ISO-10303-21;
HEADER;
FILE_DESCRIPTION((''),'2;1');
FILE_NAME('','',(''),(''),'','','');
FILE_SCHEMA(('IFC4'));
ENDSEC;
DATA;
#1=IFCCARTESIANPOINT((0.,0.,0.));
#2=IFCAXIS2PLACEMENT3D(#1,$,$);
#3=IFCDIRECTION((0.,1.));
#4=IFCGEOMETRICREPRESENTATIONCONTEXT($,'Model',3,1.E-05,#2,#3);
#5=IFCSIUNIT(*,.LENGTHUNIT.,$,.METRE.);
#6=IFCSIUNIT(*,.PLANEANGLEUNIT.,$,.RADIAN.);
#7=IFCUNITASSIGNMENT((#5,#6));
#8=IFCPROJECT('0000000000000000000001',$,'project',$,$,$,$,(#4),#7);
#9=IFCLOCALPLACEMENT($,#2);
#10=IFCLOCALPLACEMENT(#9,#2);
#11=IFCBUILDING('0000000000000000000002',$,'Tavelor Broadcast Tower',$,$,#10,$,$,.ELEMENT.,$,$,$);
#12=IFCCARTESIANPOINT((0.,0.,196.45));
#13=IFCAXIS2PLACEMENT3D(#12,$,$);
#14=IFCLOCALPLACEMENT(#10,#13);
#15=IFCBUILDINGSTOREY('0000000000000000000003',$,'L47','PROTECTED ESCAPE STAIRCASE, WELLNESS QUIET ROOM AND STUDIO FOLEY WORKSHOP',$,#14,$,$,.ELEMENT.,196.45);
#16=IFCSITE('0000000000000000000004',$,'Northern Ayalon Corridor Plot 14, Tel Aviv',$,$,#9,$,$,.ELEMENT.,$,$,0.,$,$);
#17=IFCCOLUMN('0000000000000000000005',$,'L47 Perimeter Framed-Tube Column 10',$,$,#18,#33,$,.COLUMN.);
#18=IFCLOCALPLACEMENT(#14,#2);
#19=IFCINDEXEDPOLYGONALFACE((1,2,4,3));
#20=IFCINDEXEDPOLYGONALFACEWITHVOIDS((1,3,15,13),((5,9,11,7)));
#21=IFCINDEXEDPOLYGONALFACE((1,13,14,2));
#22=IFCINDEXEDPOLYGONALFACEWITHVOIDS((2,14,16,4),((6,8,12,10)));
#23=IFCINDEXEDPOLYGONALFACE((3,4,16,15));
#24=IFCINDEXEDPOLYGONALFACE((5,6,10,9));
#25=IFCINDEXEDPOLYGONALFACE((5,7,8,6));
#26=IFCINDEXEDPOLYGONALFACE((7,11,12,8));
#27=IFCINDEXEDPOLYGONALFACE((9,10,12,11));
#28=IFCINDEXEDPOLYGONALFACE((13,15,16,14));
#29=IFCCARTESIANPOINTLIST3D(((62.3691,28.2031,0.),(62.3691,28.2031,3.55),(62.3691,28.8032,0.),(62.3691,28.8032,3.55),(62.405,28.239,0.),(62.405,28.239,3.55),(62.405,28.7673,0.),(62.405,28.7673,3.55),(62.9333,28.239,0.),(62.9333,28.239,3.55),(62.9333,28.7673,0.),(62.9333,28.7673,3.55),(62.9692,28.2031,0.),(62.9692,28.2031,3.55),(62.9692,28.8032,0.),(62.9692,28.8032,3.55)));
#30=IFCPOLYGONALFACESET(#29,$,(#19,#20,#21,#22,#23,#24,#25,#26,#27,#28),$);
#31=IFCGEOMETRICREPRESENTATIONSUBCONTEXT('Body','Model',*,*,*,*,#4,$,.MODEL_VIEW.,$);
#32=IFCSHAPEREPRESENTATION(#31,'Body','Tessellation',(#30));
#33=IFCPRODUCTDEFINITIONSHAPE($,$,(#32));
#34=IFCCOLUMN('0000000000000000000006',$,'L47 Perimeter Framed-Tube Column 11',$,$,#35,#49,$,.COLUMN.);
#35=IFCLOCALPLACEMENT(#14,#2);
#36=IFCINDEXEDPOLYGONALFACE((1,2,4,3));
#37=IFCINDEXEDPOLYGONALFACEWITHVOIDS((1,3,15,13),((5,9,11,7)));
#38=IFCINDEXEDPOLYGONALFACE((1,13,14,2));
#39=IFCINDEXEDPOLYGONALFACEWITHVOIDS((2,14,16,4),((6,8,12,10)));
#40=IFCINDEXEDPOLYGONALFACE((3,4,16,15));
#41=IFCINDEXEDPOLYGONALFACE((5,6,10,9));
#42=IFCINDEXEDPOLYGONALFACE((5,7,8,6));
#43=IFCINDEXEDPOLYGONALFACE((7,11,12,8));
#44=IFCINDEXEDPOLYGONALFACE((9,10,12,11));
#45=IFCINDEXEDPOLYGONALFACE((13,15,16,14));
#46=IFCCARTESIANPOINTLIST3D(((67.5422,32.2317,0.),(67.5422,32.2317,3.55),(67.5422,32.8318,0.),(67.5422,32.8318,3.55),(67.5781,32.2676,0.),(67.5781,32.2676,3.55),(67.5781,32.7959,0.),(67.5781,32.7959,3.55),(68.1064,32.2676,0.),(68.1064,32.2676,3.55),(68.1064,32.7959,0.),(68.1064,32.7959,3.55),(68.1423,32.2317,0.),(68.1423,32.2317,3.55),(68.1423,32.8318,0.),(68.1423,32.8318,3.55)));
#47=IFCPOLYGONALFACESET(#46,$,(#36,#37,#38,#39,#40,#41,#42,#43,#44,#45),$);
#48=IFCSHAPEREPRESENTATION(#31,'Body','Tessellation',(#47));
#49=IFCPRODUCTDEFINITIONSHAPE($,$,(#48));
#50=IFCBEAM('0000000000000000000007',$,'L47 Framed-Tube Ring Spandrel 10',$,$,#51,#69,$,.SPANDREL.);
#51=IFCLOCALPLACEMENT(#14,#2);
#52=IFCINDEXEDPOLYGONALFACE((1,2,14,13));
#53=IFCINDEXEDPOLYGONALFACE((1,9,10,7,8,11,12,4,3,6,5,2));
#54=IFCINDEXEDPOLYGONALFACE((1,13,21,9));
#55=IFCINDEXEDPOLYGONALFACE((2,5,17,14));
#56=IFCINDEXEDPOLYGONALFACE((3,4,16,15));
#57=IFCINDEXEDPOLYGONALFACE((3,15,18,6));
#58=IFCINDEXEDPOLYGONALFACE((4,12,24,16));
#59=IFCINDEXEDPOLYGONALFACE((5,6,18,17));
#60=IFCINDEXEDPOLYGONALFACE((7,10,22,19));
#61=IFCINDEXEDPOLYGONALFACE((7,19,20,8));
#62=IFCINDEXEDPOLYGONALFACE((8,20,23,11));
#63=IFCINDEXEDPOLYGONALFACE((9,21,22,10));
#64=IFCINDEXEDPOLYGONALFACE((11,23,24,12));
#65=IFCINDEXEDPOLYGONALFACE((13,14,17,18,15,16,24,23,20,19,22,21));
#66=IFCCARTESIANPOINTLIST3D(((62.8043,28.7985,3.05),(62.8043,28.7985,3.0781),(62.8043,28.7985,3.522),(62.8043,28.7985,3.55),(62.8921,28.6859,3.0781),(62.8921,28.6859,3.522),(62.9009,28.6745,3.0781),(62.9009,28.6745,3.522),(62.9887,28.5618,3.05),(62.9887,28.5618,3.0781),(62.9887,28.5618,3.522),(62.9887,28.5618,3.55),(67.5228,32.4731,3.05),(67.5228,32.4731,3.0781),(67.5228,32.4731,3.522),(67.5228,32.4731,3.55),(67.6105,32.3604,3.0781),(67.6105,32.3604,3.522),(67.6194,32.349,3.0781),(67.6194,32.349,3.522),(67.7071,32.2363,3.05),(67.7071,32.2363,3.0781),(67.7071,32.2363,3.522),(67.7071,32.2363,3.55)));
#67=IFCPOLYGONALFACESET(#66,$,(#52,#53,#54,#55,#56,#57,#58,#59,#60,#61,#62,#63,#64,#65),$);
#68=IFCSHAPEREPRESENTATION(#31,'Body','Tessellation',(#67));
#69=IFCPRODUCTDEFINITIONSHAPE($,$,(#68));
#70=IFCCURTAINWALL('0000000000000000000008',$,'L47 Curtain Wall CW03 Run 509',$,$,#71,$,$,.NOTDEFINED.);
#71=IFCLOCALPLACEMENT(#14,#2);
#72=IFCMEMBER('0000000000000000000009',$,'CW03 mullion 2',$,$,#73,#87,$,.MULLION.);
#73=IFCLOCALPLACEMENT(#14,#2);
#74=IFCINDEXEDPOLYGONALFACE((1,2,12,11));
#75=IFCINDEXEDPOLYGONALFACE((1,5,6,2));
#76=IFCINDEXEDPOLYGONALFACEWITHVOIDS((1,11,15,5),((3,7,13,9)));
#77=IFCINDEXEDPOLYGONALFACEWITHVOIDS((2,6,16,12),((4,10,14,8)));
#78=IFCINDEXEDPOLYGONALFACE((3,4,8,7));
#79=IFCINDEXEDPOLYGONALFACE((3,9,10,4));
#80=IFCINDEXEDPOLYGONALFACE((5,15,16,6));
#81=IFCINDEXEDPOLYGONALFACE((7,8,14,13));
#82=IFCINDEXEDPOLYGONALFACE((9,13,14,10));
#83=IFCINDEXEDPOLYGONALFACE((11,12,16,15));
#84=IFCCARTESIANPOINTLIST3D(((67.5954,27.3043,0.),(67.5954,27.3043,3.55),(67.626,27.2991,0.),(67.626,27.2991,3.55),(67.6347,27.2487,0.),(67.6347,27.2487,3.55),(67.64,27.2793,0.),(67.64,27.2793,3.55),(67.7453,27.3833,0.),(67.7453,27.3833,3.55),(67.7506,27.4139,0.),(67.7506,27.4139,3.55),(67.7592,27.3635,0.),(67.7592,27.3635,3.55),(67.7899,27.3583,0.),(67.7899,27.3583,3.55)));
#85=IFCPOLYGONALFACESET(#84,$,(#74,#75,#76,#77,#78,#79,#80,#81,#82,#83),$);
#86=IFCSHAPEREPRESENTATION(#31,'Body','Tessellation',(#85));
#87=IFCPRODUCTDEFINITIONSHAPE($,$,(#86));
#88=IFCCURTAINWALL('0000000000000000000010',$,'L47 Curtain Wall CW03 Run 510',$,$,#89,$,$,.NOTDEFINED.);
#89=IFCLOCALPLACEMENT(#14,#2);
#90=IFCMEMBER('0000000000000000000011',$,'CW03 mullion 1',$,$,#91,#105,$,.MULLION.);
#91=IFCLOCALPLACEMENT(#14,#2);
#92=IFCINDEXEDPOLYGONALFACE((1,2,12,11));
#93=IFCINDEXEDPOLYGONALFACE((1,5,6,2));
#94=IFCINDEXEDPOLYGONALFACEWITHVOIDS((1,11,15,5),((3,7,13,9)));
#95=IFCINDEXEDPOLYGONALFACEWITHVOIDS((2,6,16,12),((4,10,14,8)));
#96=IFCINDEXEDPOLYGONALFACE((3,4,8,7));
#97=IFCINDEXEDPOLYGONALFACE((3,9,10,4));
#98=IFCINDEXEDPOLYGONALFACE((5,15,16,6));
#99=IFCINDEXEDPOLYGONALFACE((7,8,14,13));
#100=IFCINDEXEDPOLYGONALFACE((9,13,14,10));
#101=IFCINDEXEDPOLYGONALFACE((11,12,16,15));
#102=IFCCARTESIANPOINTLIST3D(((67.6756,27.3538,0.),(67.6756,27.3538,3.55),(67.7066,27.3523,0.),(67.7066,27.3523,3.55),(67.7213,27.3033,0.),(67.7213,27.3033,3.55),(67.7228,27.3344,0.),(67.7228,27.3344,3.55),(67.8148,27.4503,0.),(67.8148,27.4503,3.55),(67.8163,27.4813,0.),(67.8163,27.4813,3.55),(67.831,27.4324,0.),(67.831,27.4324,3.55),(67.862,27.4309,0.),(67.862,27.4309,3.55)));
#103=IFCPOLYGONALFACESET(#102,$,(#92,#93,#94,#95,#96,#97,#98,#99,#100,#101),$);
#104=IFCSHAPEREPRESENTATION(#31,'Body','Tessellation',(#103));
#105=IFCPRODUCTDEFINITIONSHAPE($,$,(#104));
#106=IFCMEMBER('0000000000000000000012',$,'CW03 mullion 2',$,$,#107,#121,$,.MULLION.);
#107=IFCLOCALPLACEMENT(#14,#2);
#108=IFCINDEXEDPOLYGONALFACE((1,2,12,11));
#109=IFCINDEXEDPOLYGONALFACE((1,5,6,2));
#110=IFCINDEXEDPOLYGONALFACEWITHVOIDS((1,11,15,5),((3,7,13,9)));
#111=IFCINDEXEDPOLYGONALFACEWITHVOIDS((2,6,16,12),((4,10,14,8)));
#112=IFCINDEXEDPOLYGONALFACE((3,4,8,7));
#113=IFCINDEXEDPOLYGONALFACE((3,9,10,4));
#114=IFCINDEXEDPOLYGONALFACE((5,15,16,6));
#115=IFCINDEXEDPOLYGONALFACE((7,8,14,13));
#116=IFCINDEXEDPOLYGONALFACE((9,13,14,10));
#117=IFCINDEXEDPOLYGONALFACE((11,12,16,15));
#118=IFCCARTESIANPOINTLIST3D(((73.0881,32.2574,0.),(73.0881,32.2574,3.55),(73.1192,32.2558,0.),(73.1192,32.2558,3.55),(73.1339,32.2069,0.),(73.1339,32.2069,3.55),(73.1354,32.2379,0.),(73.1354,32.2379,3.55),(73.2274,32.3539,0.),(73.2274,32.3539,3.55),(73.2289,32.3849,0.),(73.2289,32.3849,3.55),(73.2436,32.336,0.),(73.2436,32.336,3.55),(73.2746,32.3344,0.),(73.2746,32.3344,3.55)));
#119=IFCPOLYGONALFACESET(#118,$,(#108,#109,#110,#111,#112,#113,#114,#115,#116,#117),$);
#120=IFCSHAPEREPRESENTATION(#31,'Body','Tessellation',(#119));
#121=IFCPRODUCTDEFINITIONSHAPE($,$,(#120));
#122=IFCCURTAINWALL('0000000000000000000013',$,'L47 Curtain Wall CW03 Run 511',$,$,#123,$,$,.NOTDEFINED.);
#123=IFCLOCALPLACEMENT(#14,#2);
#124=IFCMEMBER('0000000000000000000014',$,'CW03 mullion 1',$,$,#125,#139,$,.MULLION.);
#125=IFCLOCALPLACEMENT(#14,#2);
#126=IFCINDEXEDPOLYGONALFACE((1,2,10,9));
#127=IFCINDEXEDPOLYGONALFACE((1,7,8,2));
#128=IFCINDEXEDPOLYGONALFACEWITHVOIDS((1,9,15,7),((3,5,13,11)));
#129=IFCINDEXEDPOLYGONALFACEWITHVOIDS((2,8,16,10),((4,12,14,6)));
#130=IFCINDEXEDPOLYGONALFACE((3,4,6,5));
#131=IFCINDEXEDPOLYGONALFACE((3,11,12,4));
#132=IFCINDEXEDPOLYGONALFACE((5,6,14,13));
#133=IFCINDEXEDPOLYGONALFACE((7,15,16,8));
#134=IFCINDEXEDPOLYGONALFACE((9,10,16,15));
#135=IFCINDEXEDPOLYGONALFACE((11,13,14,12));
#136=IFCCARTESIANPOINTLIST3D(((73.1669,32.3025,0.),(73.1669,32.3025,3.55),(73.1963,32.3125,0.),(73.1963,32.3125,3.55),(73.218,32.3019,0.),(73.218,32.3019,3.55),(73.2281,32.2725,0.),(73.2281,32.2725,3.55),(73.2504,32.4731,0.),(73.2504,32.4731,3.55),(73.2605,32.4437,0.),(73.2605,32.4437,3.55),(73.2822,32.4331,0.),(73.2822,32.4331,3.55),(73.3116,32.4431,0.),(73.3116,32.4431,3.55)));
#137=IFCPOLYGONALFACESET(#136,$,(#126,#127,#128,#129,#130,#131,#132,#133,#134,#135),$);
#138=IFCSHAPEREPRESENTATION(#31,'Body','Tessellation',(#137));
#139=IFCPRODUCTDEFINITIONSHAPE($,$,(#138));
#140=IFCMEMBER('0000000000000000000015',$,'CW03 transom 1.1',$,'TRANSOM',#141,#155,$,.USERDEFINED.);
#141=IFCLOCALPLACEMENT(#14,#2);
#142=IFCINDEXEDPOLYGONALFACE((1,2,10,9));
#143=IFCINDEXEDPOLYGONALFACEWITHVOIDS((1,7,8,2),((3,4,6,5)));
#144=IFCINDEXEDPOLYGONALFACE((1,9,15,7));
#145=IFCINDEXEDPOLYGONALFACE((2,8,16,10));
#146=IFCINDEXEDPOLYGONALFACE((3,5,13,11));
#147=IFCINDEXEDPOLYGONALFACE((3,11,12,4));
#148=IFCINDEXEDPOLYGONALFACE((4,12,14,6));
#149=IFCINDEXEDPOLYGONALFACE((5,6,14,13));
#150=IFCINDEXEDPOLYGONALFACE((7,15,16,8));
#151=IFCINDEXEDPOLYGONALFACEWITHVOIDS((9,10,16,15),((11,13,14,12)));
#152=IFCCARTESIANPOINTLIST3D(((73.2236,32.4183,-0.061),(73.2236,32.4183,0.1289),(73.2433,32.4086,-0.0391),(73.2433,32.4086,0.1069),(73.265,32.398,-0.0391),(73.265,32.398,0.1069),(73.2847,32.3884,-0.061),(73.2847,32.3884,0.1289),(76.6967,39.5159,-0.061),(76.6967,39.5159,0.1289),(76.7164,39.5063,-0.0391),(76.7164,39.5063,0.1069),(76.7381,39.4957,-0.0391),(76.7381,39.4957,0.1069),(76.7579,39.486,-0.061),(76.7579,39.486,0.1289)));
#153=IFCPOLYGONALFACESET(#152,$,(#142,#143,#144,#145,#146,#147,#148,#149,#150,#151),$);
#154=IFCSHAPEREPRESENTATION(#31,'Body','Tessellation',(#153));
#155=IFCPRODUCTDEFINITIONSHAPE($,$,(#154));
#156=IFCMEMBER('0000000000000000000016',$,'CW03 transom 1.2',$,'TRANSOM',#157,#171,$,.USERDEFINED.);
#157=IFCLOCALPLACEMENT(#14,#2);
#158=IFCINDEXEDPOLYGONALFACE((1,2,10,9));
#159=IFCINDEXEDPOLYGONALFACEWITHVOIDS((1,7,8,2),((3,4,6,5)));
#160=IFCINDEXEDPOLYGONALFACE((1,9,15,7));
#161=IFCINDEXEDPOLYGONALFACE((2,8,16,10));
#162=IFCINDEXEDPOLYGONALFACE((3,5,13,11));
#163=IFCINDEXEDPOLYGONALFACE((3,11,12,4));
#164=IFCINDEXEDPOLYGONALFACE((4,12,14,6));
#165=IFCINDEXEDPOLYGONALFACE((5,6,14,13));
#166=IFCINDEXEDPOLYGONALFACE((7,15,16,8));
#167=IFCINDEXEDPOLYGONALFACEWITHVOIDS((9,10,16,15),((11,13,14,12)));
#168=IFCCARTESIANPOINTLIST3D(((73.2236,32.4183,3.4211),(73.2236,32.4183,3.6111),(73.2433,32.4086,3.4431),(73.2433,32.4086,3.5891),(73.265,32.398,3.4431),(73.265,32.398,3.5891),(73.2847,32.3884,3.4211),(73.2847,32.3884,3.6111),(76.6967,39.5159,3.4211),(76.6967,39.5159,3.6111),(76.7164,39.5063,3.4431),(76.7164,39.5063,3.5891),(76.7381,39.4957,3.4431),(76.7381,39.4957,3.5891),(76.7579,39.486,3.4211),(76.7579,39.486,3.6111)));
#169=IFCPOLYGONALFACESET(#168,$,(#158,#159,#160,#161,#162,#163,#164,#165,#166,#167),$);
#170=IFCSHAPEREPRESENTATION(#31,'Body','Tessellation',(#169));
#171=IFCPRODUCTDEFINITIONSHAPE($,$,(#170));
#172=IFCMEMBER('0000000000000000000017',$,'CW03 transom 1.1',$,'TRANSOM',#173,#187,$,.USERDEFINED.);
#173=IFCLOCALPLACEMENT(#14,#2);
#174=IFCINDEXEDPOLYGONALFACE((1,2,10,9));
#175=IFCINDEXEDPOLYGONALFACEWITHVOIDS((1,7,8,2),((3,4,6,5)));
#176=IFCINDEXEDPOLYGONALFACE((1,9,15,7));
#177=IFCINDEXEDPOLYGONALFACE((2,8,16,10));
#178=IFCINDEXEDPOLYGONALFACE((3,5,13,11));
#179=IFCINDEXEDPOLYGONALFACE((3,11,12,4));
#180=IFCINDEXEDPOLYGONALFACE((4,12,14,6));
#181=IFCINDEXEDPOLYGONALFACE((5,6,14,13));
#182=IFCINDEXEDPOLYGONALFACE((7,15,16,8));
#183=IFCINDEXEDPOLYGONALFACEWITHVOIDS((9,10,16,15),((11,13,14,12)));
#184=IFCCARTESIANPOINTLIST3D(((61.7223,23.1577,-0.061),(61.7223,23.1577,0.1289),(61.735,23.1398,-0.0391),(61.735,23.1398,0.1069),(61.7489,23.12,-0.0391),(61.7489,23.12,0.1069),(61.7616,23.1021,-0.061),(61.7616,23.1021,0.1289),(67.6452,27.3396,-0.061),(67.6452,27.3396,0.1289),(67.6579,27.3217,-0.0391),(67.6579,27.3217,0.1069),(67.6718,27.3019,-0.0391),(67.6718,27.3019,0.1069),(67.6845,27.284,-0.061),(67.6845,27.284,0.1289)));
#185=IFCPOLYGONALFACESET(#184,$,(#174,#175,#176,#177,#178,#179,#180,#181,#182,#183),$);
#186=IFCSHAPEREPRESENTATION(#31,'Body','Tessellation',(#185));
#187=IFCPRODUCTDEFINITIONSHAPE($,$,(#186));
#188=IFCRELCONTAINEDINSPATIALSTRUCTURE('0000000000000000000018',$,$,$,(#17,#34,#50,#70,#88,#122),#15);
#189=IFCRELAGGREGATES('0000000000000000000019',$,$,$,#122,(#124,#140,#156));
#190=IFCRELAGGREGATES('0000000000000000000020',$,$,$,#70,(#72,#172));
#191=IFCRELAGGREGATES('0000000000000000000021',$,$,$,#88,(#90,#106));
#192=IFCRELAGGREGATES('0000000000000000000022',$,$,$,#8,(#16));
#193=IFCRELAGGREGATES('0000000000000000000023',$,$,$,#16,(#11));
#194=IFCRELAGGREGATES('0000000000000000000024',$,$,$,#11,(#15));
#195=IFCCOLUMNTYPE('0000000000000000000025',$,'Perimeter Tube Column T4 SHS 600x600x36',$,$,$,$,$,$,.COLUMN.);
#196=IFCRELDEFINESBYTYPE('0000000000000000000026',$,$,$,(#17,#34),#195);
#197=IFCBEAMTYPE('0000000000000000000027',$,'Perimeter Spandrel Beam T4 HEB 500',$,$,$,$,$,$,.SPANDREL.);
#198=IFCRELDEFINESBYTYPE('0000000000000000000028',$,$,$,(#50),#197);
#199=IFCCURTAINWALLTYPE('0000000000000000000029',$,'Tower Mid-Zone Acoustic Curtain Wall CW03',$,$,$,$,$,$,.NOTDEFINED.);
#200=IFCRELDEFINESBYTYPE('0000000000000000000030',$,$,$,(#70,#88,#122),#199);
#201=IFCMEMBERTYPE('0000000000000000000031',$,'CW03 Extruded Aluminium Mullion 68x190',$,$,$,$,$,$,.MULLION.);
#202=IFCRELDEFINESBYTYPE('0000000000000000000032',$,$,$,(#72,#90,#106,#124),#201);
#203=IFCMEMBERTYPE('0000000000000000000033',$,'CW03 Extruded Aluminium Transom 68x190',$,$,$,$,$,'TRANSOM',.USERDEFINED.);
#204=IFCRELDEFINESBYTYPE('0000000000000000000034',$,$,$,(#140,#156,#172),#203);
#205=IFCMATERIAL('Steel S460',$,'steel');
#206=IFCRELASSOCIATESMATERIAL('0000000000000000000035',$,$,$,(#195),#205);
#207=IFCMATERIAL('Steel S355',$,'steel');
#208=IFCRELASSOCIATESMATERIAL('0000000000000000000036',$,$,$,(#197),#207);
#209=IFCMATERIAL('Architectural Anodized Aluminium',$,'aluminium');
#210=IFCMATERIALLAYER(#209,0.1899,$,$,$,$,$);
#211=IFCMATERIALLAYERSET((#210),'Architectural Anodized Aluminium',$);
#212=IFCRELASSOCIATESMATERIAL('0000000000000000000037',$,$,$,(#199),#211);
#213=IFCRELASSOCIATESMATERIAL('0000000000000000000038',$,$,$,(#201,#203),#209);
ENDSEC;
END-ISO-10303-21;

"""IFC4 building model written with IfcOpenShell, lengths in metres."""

from ifc_helpers import new_model, si_unit, direction, frame, origin, origin_2d, place, context, subcontext, project, spatial, hollow_rectangle, i_section, extrude, source, transform, mapped, material, layer, layer_set, material_profile, profile_set, type_object, type_shapes, element, aggregate, save


model = new_model("IFC4")

# Units and contexts
model_context = context("Model", 3, precision=1e-05, world=origin(), true_north=direction((0.0, 1.0)))
body_context = subcontext(model_context, "Body", "Model", "MODEL_VIEW")
ifc_project = project(units=[si_unit("LENGTHUNIT", "METRE"), si_unit("PLANEANGLEUNIT", "RADIAN")], contexts=[model_context])

# Site, building, storey
site_placement = place(None, origin())
site = spatial("IfcSite", under=ifc_project, at=site_placement, Name="Northern Ayalon Corridor Plot 14, Tel Aviv", CompositionType="ELEMENT", RefElevation=0.0)
building_placement = place(site_placement, origin())
building = spatial("IfcBuilding", under=site, at=building_placement, Name="Tavelor Broadcast Tower", CompositionType="ELEMENT")
storey_placement = place(building_placement, frame((0.0, 0.0, 196.45)))
storey = spatial("IfcBuildingStorey", under=building, at=storey_placement, Name="L47", Description="PROTECTED ESCAPE STAIRCASE, WELLNESS QUIET ROOM AND STUDIO FOLEY WORKSHOP", CompositionType="ELEMENT", Elevation=196.45)

# Columns
ifc_material_1 = material(Name="Steel S460", Category="steel")
ifc_material_profile_1 = material_profile(ifc_material_1, hollow_rectangle(XDim=0.6001, YDim=0.6001, WallThickness=0.0359, at=origin_2d()), Name="SHS 600x600x36")
ifc_profile_set_1 = profile_set([ifc_material_profile_1], Name="Steel S460")
column_type = type_object("IfcColumnType", Name="Perimeter Tube Column T4 SHS 600x600x36", PredefinedType="COLUMN", material=ifc_profile_set_1)
for number, where, z_axis, x_axis, name in (
    (1, (62.6692, 28.5032, 0.0), (0.0, 0.0, 1.0), (1.0, 0.0, 0.0), "L47 Perimeter Framed-Tube Column 10"),
    (2, (67.8423, 32.5317, 0.0), (0.0, 0.0, 1.0), (1.0, 0.0, 0.0), "L47 Perimeter Framed-Tube Column 11"),
):
    element("IfcColumn", number, at=place(storey_placement, frame(where, z_axis=z_axis, x_axis=x_axis)), inside=storey, type_object=column_type, Name=name, PredefinedType="COLUMN", context=body_context, shape_type="SweptSolid", body=[
        extrude(hollow_rectangle(XDim=0.6001, YDim=0.6001, WallThickness=0.0359, at=origin_2d()), origin(), (0.0, 0.0, 1.0), 3.55),
    ])

# Beam
ifc_material_2 = material(Name="Steel S355", Category="steel")
ifc_material_profile_2 = material_profile(ifc_material_2, i_section(OverallWidth=0.3, OverallDepth=0.5, WebThickness=0.0144, FlangeThickness=0.0281, at=origin_2d()), Name="HEB 500")
ifc_profile_set_2 = profile_set([ifc_material_profile_2], Name="Steel S355")
beam_type = type_object("IfcBeamType", Name="Perimeter Spandrel Beam T4 HEB 500", PredefinedType="SPANDREL", material=ifc_profile_set_2)
beam_placement = place(storey_placement, frame((62.8965, 28.6802, 3.3), z_axis=(0.788978, 0.614421, 0.0), x_axis=(-0.614421, 0.788978, 0.0)))
element("IfcBeam", 3, at=beam_placement, inside=storey, type_object=beam_type, Name="L47 Framed-Tube Ring Spandrel 10", PredefinedType="SPANDREL", context=body_context, shape_type="SweptSolid", body=[
    extrude(i_section(OverallWidth=0.3, OverallDepth=0.5, WebThickness=0.0144, FlangeThickness=0.0281, at=origin_2d()), origin(), (0.0, 0.0, 1.0), 5.9805),
])

# Curtain wall, member
ifc_material_3 = material(Name="Architectural Anodized Aluminium", Category="aluminium")
ifc_layer_1 = layer(ifc_material_3, 0.1899)
ifc_layer_set_1 = layer_set([ifc_layer_1], Name="Architectural Anodized Aluminium")
curtain_wall_type = type_object("IfcCurtainWallType", Name="Tower Mid-Zone Acoustic Curtain Wall CW03", PredefinedType="NOTDEFINED", material=ifc_layer_set_1)
curtain_wall_1_placement = place(storey_placement, origin())
curtain_wall_1 = element("IfcCurtainWall", 4, at=curtain_wall_1_placement, inside=storey, type_object=curtain_wall_type, Name="L47 Curtain Wall CW03 Run 509", PredefinedType="NOTDEFINED")
ifc_material_profile_3 = material_profile(ifc_material_3, hollow_rectangle(XDim=0.0681, YDim=0.1899, WallThickness=0.022, at=origin_2d()), Name="RHS 68x190x22")
ifc_profile_set_3 = profile_set([ifc_material_profile_3], Name="Architectural Anodized Aluminium")
member_type_1 = type_object("IfcMemberType", Name="CW03 Extruded Aluminium Mullion 68x190", PredefinedType="MULLION", material=ifc_profile_set_3)
shared_shape_1 = source(origin(), body_context, "Body", "SweptSolid", [
    extrude(hollow_rectangle(XDim=0.0681, YDim=0.1899, WallThickness=0.022, at=origin_2d()), origin(), (0.0, 0.0, 1.0), 3.55),
])
type_shapes(member_type_1, [shared_shape_1])
member_1_placement = place(storey_placement, frame((67.6926, 27.3313, 0.0), z_axis=(0.0, 0.0, 1.0), x_axis=(-0.576771, 0.816906, 0.0)))
member_1 = element("IfcMember", 5, at=member_1_placement, type_object=member_type_1, Name="CW03 mullion 2", PredefinedType="MULLION", context=body_context, shape_type="MappedRepresentation", body=[
    mapped(shared_shape_1, transform((0.0, 0.0, 0.0), scale=1.0)),
])

# Curtain walls, members
curtain_wall_2_placement = place(storey_placement, origin())
curtain_wall_2 = element("IfcCurtainWall", 6, at=curtain_wall_2_placement, inside=storey, type_object=curtain_wall_type, Name="L47 Curtain Wall CW03 Run 510", PredefinedType="NOTDEFINED")
member_2_placement = place(storey_placement, frame((67.7688, 27.3923, 0.0), z_axis=(0.0, 0.0, 1.0), x_axis=(-0.671396, 0.741099, 0.0)))
member_2 = element("IfcMember", 7, at=member_2_placement, type_object=member_type_1, Name="CW03 mullion 1", PredefinedType="MULLION", context=body_context, shape_type="MappedRepresentation", body=[
    mapped(shared_shape_1, transform((0.0, 0.0, 0.0), scale=1.0)),
])
member_3_placement = place(storey_placement, frame((73.1814, 32.2959, 0.0), z_axis=(0.0, 0.0, 1.0), x_axis=(-0.671396, 0.741099, 0.0)))
member_3 = element("IfcMember", 8, at=member_3_placement, type_object=member_type_1, Name="CW03 mullion 2", PredefinedType="MULLION", context=body_context, shape_type="MappedRepresentation", body=[
    mapped(shared_shape_1, transform((0.0, 0.0, 0.0), scale=1.0)),
])
curtain_wall_3_placement = place(storey_placement, origin())
curtain_wall_3 = element("IfcCurtainWall", 9, at=curtain_wall_3_placement, inside=storey, type_object=curtain_wall_type, Name="L47 Curtain Wall CW03 Run 511", PredefinedType="NOTDEFINED")
member_4_placement = place(storey_placement, frame((73.2393, 32.3728, 0.0), z_axis=(0.0, 0.0, 1.0), x_axis=(-0.898229, 0.439528, 0.0)))
member_4 = element("IfcMember", 10, at=member_4_placement, type_object=member_type_1, Name="CW03 mullion 1", PredefinedType="MULLION", context=body_context, shape_type="MappedRepresentation", body=[
    mapped(shared_shape_1, transform((0.0, 0.0, 0.0), scale=1.0)),
])
ifc_material_profile_4 = material_profile(ifc_material_3, hollow_rectangle(XDim=0.0681, YDim=0.1899, WallThickness=0.022, at=origin_2d()), Name="RHS 68x190x22")
ifc_profile_set_4 = profile_set([ifc_material_profile_4], Name="Architectural Anodized Aluminium")
member_type_2 = type_object("IfcMemberType", Name="CW03 Extruded Aluminium Transom 68x190", ElementType="TRANSOM", PredefinedType="USERDEFINED", material=ifc_profile_set_4)
shared_shape_2 = source(origin(), body_context, "Body", "SweptSolid", [
    extrude(hollow_rectangle(XDim=0.0681, YDim=0.1899, WallThickness=0.022, at=origin_2d()), origin(), (0.0, 0.0, 1.0), 7.9019),
])
member_5_placement = place(storey_placement, frame((73.2542, 32.4033, 0.0339), z_axis=(0.439535, 0.898226, 0.0), x_axis=(-0.898226, 0.439535, 0.0)))
member_5 = element("IfcMember", 11, at=member_5_placement, type_object=member_type_2, Name="CW03 transom 1.1", ObjectType="TRANSOM", PredefinedType="USERDEFINED", context=body_context, shape_type="MappedRepresentation", body=[
    mapped(shared_shape_2, transform((0.0, 0.0, 0.0), scale=1.0)),
])
member_6_placement = place(storey_placement, frame((73.2542, 32.4033, 3.5161), z_axis=(0.439535, 0.898226, 0.0), x_axis=(-0.898226, 0.439535, 0.0)))
member_6 = element("IfcMember", 12, at=member_6_placement, type_object=member_type_2, Name="CW03 transom 1.2", ObjectType="TRANSOM", PredefinedType="USERDEFINED", context=body_context, shape_type="MappedRepresentation", body=[
    mapped(shared_shape_2, transform((0.0, 0.0, 0.0), scale=1.0)),
])
aggregate(curtain_wall_3, [member_4, member_5, member_6])

# Member
shared_shape_3 = source(origin(), body_context, "Body", "SweptSolid", [
    extrude(hollow_rectangle(XDim=0.0681, YDim=0.1899, WallThickness=0.022, at=origin_2d()), origin(), (0.0, 0.0, 1.0), 7.2505),
])
member_7_placement = place(storey_placement, frame((61.7419, 23.1299, 0.0339), z_axis=(0.8169, 0.57678, 0.0), x_axis=(-0.57678, 0.8169, 0.0)))
member_7 = element("IfcMember", 13, at=member_7_placement, type_object=member_type_2, Name="CW03 transom 1.1", ObjectType="TRANSOM", PredefinedType="USERDEFINED", context=body_context, shape_type="MappedRepresentation", body=[
    mapped(shared_shape_3, transform((0.0, 0.0, 0.0), scale=1.0)),
])

aggregate(curtain_wall_1, [member_1, member_7])
aggregate(curtain_wall_2, [member_2, member_3])

save(model, "model.ifc")
